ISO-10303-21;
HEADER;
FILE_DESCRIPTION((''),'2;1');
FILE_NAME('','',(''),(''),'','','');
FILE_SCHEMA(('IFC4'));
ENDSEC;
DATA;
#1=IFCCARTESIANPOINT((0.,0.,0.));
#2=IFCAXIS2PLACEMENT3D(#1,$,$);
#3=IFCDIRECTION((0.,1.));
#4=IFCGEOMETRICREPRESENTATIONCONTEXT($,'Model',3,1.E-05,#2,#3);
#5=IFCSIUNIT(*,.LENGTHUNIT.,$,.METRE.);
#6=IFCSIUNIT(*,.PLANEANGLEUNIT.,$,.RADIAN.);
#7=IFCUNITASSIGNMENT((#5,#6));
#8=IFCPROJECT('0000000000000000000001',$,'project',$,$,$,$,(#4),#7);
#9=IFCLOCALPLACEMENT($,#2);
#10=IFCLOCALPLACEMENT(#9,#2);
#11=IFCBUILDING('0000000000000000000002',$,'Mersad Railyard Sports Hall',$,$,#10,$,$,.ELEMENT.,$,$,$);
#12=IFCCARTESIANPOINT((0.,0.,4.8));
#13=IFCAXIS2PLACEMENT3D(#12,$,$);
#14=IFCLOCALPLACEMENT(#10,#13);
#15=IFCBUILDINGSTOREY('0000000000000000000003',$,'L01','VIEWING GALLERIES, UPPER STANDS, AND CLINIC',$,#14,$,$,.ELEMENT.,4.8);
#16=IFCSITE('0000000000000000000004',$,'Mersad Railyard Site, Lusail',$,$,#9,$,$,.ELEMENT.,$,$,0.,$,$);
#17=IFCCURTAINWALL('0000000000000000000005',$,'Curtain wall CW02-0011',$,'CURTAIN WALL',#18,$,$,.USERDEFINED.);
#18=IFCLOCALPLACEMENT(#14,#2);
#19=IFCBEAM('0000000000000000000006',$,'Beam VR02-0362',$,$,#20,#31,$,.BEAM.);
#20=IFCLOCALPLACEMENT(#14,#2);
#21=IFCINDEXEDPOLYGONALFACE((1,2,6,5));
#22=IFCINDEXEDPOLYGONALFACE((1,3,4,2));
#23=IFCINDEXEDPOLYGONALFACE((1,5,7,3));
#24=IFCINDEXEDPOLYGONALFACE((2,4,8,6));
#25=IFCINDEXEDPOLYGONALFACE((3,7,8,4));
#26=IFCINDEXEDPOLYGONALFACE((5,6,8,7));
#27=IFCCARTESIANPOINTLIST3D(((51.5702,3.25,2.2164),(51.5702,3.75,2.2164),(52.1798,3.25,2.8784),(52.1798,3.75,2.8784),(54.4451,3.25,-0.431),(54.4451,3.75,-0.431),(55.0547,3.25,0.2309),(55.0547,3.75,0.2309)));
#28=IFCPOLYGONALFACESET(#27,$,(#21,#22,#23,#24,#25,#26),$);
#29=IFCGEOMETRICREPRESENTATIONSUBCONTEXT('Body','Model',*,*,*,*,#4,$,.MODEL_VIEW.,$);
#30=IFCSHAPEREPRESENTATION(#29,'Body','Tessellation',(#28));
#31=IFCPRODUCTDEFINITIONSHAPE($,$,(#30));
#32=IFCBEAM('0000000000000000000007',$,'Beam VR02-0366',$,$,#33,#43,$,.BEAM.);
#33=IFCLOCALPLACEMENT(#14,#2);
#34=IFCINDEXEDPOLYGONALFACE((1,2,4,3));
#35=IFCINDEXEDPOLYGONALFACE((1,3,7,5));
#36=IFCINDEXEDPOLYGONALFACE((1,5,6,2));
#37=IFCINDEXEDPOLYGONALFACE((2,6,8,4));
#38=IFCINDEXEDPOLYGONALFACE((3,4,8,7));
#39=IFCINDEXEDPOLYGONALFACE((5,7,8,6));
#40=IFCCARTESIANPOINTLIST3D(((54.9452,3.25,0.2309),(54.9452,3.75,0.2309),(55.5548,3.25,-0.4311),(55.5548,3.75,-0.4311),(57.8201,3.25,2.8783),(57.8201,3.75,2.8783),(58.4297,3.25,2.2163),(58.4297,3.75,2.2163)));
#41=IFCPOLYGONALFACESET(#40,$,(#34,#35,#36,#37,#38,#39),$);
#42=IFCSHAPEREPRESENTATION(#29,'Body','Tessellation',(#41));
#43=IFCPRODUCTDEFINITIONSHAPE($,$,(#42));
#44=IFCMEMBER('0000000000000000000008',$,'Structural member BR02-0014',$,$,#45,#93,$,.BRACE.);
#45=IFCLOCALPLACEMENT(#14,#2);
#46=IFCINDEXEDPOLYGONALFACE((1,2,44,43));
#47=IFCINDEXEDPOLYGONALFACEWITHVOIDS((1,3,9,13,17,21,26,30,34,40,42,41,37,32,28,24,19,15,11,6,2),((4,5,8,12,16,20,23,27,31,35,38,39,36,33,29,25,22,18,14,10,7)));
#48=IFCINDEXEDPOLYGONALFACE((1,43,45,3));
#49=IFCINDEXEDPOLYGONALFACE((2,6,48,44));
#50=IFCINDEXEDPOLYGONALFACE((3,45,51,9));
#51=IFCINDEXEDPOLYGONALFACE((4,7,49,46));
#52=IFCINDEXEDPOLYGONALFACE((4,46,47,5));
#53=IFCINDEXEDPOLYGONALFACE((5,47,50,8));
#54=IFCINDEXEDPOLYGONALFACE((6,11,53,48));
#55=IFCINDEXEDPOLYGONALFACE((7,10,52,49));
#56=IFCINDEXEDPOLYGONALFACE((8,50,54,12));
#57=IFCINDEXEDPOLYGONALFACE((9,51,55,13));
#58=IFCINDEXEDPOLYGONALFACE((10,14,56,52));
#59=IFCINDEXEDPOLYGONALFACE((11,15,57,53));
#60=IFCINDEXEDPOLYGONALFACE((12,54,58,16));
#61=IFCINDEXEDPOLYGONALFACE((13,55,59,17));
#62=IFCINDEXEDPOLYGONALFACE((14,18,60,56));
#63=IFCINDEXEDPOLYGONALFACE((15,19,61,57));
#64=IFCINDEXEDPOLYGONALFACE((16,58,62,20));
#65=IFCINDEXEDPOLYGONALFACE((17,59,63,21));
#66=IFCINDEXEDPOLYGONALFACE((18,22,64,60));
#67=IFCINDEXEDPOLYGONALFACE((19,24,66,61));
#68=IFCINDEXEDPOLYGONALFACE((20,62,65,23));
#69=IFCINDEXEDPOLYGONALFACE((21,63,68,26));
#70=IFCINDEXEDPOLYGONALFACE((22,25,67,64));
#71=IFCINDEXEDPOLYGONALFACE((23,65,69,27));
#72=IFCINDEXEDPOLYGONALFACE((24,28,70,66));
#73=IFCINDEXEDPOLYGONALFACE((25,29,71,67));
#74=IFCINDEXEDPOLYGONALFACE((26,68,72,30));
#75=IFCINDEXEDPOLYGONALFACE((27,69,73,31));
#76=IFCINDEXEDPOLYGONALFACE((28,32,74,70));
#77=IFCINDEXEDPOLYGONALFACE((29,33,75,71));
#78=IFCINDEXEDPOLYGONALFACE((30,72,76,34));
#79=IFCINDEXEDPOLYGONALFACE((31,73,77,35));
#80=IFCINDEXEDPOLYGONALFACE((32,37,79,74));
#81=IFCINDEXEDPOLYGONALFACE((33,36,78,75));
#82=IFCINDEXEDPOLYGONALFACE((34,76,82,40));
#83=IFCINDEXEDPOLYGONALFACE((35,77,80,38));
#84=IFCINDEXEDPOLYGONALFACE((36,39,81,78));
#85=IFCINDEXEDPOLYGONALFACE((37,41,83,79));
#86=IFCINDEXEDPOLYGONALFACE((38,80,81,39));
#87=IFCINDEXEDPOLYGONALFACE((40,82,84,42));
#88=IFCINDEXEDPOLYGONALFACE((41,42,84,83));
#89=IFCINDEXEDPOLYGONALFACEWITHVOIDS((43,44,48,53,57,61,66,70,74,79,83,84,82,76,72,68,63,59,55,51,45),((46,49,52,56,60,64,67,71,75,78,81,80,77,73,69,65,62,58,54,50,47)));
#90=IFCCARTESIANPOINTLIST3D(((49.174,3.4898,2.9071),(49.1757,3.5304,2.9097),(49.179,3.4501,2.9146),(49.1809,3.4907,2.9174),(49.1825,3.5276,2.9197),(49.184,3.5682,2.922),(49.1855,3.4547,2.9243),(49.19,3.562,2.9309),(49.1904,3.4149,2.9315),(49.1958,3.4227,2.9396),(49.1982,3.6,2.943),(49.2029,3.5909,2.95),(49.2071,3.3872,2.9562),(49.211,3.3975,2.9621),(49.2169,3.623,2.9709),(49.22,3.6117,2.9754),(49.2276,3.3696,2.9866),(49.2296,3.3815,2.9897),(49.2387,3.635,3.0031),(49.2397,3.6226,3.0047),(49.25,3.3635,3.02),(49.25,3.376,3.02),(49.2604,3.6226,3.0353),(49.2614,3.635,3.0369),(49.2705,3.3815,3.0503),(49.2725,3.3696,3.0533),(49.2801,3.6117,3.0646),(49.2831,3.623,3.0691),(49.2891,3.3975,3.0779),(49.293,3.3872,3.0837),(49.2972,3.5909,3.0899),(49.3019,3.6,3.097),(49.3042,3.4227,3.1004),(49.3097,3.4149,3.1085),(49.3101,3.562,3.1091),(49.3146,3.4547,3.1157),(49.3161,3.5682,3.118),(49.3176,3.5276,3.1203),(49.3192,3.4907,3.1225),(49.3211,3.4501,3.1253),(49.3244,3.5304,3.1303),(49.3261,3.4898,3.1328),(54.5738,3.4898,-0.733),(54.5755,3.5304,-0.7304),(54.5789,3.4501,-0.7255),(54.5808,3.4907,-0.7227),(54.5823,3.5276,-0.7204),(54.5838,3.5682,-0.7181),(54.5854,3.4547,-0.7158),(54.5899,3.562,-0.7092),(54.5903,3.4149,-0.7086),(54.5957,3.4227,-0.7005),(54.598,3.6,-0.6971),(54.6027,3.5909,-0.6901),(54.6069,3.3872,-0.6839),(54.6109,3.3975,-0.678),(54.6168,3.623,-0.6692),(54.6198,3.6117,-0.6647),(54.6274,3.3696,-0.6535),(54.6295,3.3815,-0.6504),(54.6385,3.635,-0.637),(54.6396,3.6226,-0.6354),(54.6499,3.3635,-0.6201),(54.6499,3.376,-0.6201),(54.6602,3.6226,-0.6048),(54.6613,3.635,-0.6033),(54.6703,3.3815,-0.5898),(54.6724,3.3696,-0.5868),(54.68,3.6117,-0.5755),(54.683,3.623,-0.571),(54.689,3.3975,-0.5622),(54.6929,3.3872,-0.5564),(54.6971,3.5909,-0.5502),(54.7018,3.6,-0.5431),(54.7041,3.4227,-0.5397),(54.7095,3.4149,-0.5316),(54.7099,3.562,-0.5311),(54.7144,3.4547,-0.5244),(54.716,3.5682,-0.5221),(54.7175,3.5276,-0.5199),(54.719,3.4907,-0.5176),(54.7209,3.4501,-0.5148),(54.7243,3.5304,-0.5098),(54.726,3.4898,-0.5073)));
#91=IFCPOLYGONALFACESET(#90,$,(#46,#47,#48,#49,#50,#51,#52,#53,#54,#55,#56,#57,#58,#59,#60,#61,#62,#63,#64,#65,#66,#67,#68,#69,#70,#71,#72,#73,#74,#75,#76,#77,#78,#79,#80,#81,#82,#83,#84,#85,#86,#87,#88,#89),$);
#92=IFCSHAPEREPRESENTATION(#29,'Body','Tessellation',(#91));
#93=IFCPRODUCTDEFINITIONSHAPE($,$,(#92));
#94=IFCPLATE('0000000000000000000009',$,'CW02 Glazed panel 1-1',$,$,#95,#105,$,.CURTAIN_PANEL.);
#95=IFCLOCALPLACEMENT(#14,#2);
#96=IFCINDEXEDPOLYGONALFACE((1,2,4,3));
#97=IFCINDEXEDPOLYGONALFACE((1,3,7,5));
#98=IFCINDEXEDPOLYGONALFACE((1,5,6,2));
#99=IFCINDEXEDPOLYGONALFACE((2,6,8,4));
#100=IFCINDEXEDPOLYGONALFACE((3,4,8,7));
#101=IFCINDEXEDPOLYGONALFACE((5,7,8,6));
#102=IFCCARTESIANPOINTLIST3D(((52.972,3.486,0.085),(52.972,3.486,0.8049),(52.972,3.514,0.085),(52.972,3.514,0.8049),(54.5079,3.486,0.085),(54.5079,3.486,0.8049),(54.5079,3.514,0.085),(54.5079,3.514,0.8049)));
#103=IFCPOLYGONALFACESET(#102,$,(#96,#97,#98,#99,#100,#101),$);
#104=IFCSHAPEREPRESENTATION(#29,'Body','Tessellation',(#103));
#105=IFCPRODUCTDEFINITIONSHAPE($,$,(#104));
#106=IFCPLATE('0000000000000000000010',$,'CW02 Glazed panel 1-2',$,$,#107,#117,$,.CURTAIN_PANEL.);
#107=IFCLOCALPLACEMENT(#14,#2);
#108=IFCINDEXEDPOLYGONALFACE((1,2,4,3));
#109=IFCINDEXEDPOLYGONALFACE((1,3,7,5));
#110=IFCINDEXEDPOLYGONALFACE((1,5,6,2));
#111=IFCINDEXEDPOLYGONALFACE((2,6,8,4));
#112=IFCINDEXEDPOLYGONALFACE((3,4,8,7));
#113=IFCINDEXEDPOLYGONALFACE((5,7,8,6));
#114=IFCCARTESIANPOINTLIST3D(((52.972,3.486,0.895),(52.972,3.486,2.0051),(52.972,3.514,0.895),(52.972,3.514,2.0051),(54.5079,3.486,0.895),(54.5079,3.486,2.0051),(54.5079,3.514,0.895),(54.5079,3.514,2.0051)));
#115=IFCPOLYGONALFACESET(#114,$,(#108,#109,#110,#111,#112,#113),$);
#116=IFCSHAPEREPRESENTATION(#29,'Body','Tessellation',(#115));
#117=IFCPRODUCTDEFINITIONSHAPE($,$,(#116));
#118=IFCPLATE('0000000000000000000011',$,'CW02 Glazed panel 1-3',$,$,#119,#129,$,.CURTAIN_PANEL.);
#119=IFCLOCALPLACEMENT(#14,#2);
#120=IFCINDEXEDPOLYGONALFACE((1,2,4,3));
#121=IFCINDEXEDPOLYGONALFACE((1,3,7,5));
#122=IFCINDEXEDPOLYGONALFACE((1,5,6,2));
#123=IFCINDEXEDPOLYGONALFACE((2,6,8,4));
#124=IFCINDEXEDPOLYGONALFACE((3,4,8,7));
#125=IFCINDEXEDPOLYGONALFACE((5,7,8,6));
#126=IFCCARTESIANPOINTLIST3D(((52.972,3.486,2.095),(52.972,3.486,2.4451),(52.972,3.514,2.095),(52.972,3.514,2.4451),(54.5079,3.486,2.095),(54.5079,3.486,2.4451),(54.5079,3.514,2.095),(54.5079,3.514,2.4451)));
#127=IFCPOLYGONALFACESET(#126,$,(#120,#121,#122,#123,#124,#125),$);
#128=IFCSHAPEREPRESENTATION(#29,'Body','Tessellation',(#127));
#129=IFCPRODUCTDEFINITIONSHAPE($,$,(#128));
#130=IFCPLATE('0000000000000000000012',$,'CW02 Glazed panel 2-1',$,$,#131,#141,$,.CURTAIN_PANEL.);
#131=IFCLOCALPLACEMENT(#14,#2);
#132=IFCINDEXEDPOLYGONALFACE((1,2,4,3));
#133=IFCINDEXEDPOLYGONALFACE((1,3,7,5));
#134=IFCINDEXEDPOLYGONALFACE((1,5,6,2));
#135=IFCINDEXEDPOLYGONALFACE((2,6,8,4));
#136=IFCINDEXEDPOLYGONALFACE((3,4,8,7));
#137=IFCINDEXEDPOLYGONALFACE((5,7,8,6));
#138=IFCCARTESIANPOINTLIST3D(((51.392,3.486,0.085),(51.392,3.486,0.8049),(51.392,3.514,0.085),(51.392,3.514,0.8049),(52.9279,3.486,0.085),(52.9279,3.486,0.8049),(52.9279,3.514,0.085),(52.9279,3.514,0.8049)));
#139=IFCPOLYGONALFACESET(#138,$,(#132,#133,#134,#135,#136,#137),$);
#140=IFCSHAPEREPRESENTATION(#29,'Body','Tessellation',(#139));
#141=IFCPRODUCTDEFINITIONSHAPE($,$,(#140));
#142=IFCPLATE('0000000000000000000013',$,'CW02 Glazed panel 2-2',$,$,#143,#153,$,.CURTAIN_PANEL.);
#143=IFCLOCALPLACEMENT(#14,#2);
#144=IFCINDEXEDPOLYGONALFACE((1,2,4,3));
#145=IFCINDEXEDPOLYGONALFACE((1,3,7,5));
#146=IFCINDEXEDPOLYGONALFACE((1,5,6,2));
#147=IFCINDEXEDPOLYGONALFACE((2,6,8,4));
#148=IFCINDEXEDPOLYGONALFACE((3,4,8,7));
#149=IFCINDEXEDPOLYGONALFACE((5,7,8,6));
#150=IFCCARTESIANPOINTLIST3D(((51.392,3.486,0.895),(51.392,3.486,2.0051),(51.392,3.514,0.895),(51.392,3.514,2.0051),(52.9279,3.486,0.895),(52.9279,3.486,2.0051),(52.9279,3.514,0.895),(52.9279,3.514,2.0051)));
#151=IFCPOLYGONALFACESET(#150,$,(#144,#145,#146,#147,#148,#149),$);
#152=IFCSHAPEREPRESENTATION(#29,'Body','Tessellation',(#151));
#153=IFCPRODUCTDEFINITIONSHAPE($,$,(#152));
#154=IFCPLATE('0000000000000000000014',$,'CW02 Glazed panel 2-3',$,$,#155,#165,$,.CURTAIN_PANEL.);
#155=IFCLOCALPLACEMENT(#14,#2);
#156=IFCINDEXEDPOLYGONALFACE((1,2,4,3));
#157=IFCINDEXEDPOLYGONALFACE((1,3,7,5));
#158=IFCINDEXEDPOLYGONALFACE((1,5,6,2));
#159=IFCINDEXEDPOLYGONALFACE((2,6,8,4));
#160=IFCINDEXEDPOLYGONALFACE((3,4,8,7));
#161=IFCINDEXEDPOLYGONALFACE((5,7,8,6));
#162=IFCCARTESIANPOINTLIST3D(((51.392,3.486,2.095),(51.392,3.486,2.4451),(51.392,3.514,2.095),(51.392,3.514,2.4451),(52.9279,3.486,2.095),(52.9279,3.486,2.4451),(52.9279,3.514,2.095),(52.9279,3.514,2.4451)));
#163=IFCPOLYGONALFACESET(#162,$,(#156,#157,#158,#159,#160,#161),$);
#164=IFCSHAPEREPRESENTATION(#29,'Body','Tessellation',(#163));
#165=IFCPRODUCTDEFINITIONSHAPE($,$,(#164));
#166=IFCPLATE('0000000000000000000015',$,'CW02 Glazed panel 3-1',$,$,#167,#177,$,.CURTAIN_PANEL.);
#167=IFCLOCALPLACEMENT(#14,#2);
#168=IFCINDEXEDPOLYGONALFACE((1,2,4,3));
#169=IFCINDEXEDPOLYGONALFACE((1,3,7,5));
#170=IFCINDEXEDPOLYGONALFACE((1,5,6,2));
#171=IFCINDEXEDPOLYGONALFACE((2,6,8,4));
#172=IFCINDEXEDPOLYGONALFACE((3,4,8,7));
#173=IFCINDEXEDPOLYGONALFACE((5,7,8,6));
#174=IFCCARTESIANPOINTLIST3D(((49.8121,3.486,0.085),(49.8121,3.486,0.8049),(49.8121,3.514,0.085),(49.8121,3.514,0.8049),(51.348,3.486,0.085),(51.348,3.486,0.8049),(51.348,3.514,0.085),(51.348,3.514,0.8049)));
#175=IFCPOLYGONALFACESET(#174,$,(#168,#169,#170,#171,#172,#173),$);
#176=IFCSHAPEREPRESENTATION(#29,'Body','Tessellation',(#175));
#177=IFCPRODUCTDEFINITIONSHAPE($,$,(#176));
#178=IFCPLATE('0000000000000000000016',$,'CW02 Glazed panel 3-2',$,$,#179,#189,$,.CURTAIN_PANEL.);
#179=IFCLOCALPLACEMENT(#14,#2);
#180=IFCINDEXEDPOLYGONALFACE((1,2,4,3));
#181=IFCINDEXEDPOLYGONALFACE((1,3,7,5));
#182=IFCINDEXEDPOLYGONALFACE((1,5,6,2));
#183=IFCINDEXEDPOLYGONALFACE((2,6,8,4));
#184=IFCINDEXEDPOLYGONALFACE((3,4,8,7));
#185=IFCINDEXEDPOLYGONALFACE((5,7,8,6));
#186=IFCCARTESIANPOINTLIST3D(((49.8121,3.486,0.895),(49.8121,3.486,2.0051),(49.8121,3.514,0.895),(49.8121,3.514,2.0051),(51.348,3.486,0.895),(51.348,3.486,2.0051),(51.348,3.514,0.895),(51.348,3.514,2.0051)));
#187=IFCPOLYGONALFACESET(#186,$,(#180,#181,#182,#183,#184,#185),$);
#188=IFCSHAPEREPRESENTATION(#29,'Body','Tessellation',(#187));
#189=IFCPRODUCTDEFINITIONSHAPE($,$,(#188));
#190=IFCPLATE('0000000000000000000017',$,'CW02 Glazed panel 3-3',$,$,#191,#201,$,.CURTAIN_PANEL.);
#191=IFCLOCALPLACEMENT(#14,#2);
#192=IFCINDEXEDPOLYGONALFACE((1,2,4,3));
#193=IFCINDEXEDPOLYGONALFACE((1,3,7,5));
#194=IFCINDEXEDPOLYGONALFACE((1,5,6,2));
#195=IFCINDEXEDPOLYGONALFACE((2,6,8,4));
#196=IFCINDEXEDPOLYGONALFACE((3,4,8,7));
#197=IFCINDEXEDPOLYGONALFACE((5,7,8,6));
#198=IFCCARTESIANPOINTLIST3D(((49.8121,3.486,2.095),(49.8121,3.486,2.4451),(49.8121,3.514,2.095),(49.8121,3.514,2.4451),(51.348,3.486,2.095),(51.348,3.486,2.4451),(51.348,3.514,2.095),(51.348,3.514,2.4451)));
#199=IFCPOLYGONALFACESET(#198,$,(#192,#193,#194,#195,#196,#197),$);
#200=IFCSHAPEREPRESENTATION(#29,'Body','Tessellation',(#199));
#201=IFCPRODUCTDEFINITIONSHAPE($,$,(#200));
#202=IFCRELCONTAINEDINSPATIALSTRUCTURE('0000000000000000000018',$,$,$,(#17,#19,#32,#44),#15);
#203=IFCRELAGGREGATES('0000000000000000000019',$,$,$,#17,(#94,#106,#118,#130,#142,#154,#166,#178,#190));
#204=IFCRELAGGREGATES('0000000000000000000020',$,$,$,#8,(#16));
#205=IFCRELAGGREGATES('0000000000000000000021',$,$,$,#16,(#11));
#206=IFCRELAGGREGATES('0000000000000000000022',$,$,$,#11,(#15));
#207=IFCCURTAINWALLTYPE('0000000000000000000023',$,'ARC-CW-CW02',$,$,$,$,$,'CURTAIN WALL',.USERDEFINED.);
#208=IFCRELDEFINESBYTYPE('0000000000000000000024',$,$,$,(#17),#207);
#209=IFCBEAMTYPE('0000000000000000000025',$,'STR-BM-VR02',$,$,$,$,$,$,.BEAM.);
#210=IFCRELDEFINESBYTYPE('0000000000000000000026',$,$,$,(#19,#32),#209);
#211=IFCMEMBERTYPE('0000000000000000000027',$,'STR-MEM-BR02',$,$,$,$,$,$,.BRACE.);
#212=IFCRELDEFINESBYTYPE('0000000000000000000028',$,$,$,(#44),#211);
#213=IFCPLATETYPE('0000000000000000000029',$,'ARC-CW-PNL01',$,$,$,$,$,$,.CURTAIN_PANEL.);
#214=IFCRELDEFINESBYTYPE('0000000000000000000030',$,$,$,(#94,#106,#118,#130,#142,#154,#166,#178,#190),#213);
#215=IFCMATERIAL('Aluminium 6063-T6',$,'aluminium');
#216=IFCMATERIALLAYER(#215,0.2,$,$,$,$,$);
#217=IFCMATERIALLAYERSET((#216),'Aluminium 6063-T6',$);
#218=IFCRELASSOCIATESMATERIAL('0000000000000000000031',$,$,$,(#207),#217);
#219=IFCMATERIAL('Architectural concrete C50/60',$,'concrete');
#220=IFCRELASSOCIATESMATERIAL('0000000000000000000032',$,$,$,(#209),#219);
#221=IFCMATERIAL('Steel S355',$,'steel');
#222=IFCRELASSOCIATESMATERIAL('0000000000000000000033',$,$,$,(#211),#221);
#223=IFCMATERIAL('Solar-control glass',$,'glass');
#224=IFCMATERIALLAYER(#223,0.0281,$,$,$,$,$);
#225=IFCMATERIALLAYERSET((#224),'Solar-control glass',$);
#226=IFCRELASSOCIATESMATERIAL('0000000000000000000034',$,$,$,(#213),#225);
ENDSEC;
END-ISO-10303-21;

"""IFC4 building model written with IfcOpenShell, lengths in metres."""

from ifc_helpers import new_model, si_unit, direction, frame, origin, origin_2d, place, context, subcontext, project, spatial, rectangle, hollow_circle, extrude, material, layer, layer_set, material_profile, profile_set, type_object, element, aggregate, save


model = new_model("IFC4")

# Units and contexts
model_context = context("Model", 3, precision=1e-05, world=origin(), true_north=direction((0.0, 1.0)))
body_context = subcontext(model_context, "Body", "Model", "MODEL_VIEW")
ifc_project = project(units=[si_unit("LENGTHUNIT", "METRE"), si_unit("PLANEANGLEUNIT", "RADIAN")], contexts=[model_context])

# Site, building, storey
site_placement = place(None, origin())
site = spatial("IfcSite", under=ifc_project, at=site_placement, Name="Mersad Railyard Site, Lusail", CompositionType="ELEMENT", RefElevation=0.0)
building_placement = place(site_placement, origin())
building = spatial("IfcBuilding", under=site, at=building_placement, Name="Mersad Railyard Sports Hall", CompositionType="ELEMENT")
storey_placement = place(building_placement, frame((0.0, 0.0, 4.8)))
storey = spatial("IfcBuildingStorey", under=building, at=storey_placement, Name="L01", Description="VIEWING GALLERIES, UPPER STANDS, AND CLINIC", CompositionType="ELEMENT", Elevation=4.8)

# Shared definitions
ifc_material_1 = material(Name="Architectural concrete C50/60", Category="concrete")

# Curtain wall
ifc_material_2 = material(Name="Aluminium 6063-T6", Category="aluminium")
ifc_layer_1 = layer(ifc_material_2, 0.2)
ifc_layer_set_1 = layer_set([ifc_layer_1], Name="Aluminium 6063-T6")
curtain_wall_type = type_object("IfcCurtainWallType", Name="ARC-CW-CW02", ElementType="CURTAIN WALL", PredefinedType="USERDEFINED", material=ifc_layer_set_1)
curtain_wall_placement = place(storey_placement, origin())
curtain_wall = element("IfcCurtainWall", 1, at=curtain_wall_placement, inside=storey, type_object=curtain_wall_type, Name="Curtain wall CW02-0011", ObjectType="CURTAIN WALL", PredefinedType="USERDEFINED")

# Beams
ifc_material_profile_1 = material_profile(ifc_material_1, rectangle(XDim=0.5, YDim=0.8999, at=origin_2d()), Name="VR 500x900")
ifc_profile_set_1 = profile_set([ifc_material_profile_1], Name="Architectural concrete C50/60")
beam_type_1 = type_object("IfcBeamType", Name="STR-BM-VR02", PredefinedType="BEAM", material=ifc_profile_set_1)
for number, where, z_axis, x_axis, name in (
    (2, (51.875, 3.5, 2.5474), (0.735617, 0.0, -0.677397), (0.0, 1.0, 0.0), "Beam VR02-0362"),
    (3, (55.25, 3.5, -0.1001), (0.735617, 0.0, 0.677397), (0.0, 1.0, 0.0), "Beam VR02-0366"),
):
    element("IfcBeam", number, at=place(storey_placement, frame(where, z_axis=z_axis, x_axis=x_axis)), inside=storey, type_object=beam_type_1, Name=name, PredefinedType="BEAM", context=body_context, shape_type="SweptSolid", body=[
        extrude(rectangle(XDim=0.5, YDim=0.8999, at=origin_2d()), origin(), (0.0, 0.0, 1.0), 3.9082),
    ])

# Member
ifc_material_3 = material(Name="Steel S355", Category="steel")
ifc_material_profile_2 = material_profile(ifc_material_3, hollow_circle(Radius=0.1365, WallThickness=0.0125, at=origin_2d()), Name="CHS 273x12.5")
ifc_profile_set_2 = profile_set([ifc_material_profile_2], Name="Steel S355")
member_type_1 = type_object("IfcMemberType", Name="STR-MEM-BR02", PredefinedType="BRACE", material=ifc_profile_set_2)
member_1_placement = place(storey_placement, frame((54.6499, 3.5, -0.6201), z_axis=(-0.82919, 0.0, 0.558967), x_axis=(0.0, -1.0, 0.0)))
element("IfcMember", 4, at=member_1_placement, inside=storey, type_object=member_type_1, Name="Structural member BR02-0014", PredefinedType="BRACE", context=body_context, shape_type="SweptSolid", body=[
    extrude(hollow_circle(Radius=0.1365, WallThickness=0.0125, at=origin_2d()), origin(), (0.0, 0.0, 1.0), 6.5122),
])

# Plates
ifc_material_4 = material(Name="Solar-control glass", Category="glass")
ifc_layer_2 = layer(ifc_material_4, 0.0281)
ifc_layer_set_2 = layer_set([ifc_layer_2], Name="Solar-control glass")
plate_type_1 = type_object("IfcPlateType", Name="ARC-CW-PNL01", PredefinedType="CURTAIN_PANEL", material=ifc_layer_set_2)
plate_1_placement = place(storey_placement, frame((53.74, 3.5, 0.085), z_axis=(0.0, 0.0, 1.0), x_axis=(-1.0, 0.0, 0.0)))
plate_1 = element("IfcPlate", 5, at=plate_1_placement, type_object=plate_type_1, Name="CW02 Glazed panel 1-1", PredefinedType="CURTAIN_PANEL", context=body_context, shape_type="SweptSolid", body=[
    extrude(rectangle(XDim=1.5359, YDim=0.0281, at=origin_2d()), origin(), (0.0, 0.0, 1.0), 0.72),
])
plate_2_placement = place(storey_placement, frame((53.74, 3.5, 0.895), z_axis=(0.0, 0.0, 1.0), x_axis=(-1.0, 0.0, 0.0)))
plate_2 = element("IfcPlate", 6, at=plate_2_placement, type_object=plate_type_1, Name="CW02 Glazed panel 1-2", PredefinedType="CURTAIN_PANEL", context=body_context, shape_type="SweptSolid", body=[
    extrude(rectangle(XDim=1.5359, YDim=0.0281, at=origin_2d()), origin(), (0.0, 0.0, 1.0), 1.1101),
])
plate_3_placement = place(storey_placement, frame((53.74, 3.5, 2.095), z_axis=(0.0, 0.0, 1.0), x_axis=(-1.0, 0.0, 0.0)))
plate_3 = element("IfcPlate", 7, at=plate_3_placement, type_object=plate_type_1, Name="CW02 Glazed panel 1-3", PredefinedType="CURTAIN_PANEL", context=body_context, shape_type="SweptSolid", body=[
    extrude(rectangle(XDim=1.5359, YDim=0.0281, at=origin_2d()), origin(), (0.0, 0.0, 1.0), 0.3501),
])
plate_4_placement = place(storey_placement, frame((52.1599, 3.5, 0.085), z_axis=(0.0, 0.0, 1.0), x_axis=(-1.0, 0.0, 0.0)))
plate_4 = element("IfcPlate", 8, at=plate_4_placement, type_object=plate_type_1, Name="CW02 Glazed panel 2-1", PredefinedType="CURTAIN_PANEL", context=body_context, shape_type="SweptSolid", body=[
    extrude(rectangle(XDim=1.5359, YDim=0.0281, at=origin_2d()), origin(), (0.0, 0.0, 1.0), 0.72),
])
plate_5_placement = place(storey_placement, frame((52.1599, 3.5, 0.895), z_axis=(0.0, 0.0, 1.0), x_axis=(-1.0, 0.0, 0.0)))
plate_5 = element("IfcPlate", 9, at=plate_5_placement, type_object=plate_type_1, Name="CW02 Glazed panel 2-2", PredefinedType="CURTAIN_PANEL", context=body_context, shape_type="SweptSolid", body=[
    extrude(rectangle(XDim=1.5359, YDim=0.0281, at=origin_2d()), origin(), (0.0, 0.0, 1.0), 1.1101),
])
plate_6_placement = place(storey_placement, frame((52.1599, 3.5, 2.095), z_axis=(0.0, 0.0, 1.0), x_axis=(-1.0, 0.0, 0.0)))
plate_6 = element("IfcPlate", 10, at=plate_6_placement, type_object=plate_type_1, Name="CW02 Glazed panel 2-3", PredefinedType="CURTAIN_PANEL", context=body_context, shape_type="SweptSolid", body=[
    extrude(rectangle(XDim=1.5359, YDim=0.0281, at=origin_2d()), origin(), (0.0, 0.0, 1.0), 0.3501),
])
plate_7_placement = place(storey_placement, frame((50.5801, 3.5, 0.085), z_axis=(0.0, 0.0, 1.0), x_axis=(-1.0, 0.0, 0.0)))
plate_7 = element("IfcPlate", 11, at=plate_7_placement, type_object=plate_type_1, Name="CW02 Glazed panel 3-1", PredefinedType="CURTAIN_PANEL", context=body_context, shape_type="SweptSolid", body=[
    extrude(rectangle(XDim=1.5359, YDim=0.0281, at=origin_2d()), origin(), (0.0, 0.0, 1.0), 0.72),
])
plate_8_placement = place(storey_placement, frame((50.5801, 3.5, 0.895), z_axis=(0.0, 0.0, 1.0), x_axis=(-1.0, 0.0, 0.0)))
plate_8 = element("IfcPlate", 12, at=plate_8_placement, type_object=plate_type_1, Name="CW02 Glazed panel 3-2", PredefinedType="CURTAIN_PANEL", context=body_context, shape_type="SweptSolid", body=[
    extrude(rectangle(XDim=1.5359, YDim=0.0281, at=origin_2d()), origin(), (0.0, 0.0, 1.0), 1.1101),
])
plate_9_placement = place(storey_placement, frame((50.5801, 3.5, 2.095), z_axis=(0.0, 0.0, 1.0), x_axis=(-1.0, 0.0, 0.0)))
plate_9 = element("IfcPlate", 13, at=plate_9_placement, type_object=plate_type_1, Name="CW02 Glazed panel 3-3", PredefinedType="CURTAIN_PANEL", context=body_context, shape_type="SweptSolid", body=[
    extrude(rectangle(XDim=1.5359, YDim=0.0281, at=origin_2d()), origin(), (0.0, 0.0, 1.0), 0.3501),
])
aggregate(curtain_wall, [plate_1, plate_2, plate_3, plate_4, plate_5, plate_6, plate_7, plate_8, plate_9])

save(model, "model.ifc")
